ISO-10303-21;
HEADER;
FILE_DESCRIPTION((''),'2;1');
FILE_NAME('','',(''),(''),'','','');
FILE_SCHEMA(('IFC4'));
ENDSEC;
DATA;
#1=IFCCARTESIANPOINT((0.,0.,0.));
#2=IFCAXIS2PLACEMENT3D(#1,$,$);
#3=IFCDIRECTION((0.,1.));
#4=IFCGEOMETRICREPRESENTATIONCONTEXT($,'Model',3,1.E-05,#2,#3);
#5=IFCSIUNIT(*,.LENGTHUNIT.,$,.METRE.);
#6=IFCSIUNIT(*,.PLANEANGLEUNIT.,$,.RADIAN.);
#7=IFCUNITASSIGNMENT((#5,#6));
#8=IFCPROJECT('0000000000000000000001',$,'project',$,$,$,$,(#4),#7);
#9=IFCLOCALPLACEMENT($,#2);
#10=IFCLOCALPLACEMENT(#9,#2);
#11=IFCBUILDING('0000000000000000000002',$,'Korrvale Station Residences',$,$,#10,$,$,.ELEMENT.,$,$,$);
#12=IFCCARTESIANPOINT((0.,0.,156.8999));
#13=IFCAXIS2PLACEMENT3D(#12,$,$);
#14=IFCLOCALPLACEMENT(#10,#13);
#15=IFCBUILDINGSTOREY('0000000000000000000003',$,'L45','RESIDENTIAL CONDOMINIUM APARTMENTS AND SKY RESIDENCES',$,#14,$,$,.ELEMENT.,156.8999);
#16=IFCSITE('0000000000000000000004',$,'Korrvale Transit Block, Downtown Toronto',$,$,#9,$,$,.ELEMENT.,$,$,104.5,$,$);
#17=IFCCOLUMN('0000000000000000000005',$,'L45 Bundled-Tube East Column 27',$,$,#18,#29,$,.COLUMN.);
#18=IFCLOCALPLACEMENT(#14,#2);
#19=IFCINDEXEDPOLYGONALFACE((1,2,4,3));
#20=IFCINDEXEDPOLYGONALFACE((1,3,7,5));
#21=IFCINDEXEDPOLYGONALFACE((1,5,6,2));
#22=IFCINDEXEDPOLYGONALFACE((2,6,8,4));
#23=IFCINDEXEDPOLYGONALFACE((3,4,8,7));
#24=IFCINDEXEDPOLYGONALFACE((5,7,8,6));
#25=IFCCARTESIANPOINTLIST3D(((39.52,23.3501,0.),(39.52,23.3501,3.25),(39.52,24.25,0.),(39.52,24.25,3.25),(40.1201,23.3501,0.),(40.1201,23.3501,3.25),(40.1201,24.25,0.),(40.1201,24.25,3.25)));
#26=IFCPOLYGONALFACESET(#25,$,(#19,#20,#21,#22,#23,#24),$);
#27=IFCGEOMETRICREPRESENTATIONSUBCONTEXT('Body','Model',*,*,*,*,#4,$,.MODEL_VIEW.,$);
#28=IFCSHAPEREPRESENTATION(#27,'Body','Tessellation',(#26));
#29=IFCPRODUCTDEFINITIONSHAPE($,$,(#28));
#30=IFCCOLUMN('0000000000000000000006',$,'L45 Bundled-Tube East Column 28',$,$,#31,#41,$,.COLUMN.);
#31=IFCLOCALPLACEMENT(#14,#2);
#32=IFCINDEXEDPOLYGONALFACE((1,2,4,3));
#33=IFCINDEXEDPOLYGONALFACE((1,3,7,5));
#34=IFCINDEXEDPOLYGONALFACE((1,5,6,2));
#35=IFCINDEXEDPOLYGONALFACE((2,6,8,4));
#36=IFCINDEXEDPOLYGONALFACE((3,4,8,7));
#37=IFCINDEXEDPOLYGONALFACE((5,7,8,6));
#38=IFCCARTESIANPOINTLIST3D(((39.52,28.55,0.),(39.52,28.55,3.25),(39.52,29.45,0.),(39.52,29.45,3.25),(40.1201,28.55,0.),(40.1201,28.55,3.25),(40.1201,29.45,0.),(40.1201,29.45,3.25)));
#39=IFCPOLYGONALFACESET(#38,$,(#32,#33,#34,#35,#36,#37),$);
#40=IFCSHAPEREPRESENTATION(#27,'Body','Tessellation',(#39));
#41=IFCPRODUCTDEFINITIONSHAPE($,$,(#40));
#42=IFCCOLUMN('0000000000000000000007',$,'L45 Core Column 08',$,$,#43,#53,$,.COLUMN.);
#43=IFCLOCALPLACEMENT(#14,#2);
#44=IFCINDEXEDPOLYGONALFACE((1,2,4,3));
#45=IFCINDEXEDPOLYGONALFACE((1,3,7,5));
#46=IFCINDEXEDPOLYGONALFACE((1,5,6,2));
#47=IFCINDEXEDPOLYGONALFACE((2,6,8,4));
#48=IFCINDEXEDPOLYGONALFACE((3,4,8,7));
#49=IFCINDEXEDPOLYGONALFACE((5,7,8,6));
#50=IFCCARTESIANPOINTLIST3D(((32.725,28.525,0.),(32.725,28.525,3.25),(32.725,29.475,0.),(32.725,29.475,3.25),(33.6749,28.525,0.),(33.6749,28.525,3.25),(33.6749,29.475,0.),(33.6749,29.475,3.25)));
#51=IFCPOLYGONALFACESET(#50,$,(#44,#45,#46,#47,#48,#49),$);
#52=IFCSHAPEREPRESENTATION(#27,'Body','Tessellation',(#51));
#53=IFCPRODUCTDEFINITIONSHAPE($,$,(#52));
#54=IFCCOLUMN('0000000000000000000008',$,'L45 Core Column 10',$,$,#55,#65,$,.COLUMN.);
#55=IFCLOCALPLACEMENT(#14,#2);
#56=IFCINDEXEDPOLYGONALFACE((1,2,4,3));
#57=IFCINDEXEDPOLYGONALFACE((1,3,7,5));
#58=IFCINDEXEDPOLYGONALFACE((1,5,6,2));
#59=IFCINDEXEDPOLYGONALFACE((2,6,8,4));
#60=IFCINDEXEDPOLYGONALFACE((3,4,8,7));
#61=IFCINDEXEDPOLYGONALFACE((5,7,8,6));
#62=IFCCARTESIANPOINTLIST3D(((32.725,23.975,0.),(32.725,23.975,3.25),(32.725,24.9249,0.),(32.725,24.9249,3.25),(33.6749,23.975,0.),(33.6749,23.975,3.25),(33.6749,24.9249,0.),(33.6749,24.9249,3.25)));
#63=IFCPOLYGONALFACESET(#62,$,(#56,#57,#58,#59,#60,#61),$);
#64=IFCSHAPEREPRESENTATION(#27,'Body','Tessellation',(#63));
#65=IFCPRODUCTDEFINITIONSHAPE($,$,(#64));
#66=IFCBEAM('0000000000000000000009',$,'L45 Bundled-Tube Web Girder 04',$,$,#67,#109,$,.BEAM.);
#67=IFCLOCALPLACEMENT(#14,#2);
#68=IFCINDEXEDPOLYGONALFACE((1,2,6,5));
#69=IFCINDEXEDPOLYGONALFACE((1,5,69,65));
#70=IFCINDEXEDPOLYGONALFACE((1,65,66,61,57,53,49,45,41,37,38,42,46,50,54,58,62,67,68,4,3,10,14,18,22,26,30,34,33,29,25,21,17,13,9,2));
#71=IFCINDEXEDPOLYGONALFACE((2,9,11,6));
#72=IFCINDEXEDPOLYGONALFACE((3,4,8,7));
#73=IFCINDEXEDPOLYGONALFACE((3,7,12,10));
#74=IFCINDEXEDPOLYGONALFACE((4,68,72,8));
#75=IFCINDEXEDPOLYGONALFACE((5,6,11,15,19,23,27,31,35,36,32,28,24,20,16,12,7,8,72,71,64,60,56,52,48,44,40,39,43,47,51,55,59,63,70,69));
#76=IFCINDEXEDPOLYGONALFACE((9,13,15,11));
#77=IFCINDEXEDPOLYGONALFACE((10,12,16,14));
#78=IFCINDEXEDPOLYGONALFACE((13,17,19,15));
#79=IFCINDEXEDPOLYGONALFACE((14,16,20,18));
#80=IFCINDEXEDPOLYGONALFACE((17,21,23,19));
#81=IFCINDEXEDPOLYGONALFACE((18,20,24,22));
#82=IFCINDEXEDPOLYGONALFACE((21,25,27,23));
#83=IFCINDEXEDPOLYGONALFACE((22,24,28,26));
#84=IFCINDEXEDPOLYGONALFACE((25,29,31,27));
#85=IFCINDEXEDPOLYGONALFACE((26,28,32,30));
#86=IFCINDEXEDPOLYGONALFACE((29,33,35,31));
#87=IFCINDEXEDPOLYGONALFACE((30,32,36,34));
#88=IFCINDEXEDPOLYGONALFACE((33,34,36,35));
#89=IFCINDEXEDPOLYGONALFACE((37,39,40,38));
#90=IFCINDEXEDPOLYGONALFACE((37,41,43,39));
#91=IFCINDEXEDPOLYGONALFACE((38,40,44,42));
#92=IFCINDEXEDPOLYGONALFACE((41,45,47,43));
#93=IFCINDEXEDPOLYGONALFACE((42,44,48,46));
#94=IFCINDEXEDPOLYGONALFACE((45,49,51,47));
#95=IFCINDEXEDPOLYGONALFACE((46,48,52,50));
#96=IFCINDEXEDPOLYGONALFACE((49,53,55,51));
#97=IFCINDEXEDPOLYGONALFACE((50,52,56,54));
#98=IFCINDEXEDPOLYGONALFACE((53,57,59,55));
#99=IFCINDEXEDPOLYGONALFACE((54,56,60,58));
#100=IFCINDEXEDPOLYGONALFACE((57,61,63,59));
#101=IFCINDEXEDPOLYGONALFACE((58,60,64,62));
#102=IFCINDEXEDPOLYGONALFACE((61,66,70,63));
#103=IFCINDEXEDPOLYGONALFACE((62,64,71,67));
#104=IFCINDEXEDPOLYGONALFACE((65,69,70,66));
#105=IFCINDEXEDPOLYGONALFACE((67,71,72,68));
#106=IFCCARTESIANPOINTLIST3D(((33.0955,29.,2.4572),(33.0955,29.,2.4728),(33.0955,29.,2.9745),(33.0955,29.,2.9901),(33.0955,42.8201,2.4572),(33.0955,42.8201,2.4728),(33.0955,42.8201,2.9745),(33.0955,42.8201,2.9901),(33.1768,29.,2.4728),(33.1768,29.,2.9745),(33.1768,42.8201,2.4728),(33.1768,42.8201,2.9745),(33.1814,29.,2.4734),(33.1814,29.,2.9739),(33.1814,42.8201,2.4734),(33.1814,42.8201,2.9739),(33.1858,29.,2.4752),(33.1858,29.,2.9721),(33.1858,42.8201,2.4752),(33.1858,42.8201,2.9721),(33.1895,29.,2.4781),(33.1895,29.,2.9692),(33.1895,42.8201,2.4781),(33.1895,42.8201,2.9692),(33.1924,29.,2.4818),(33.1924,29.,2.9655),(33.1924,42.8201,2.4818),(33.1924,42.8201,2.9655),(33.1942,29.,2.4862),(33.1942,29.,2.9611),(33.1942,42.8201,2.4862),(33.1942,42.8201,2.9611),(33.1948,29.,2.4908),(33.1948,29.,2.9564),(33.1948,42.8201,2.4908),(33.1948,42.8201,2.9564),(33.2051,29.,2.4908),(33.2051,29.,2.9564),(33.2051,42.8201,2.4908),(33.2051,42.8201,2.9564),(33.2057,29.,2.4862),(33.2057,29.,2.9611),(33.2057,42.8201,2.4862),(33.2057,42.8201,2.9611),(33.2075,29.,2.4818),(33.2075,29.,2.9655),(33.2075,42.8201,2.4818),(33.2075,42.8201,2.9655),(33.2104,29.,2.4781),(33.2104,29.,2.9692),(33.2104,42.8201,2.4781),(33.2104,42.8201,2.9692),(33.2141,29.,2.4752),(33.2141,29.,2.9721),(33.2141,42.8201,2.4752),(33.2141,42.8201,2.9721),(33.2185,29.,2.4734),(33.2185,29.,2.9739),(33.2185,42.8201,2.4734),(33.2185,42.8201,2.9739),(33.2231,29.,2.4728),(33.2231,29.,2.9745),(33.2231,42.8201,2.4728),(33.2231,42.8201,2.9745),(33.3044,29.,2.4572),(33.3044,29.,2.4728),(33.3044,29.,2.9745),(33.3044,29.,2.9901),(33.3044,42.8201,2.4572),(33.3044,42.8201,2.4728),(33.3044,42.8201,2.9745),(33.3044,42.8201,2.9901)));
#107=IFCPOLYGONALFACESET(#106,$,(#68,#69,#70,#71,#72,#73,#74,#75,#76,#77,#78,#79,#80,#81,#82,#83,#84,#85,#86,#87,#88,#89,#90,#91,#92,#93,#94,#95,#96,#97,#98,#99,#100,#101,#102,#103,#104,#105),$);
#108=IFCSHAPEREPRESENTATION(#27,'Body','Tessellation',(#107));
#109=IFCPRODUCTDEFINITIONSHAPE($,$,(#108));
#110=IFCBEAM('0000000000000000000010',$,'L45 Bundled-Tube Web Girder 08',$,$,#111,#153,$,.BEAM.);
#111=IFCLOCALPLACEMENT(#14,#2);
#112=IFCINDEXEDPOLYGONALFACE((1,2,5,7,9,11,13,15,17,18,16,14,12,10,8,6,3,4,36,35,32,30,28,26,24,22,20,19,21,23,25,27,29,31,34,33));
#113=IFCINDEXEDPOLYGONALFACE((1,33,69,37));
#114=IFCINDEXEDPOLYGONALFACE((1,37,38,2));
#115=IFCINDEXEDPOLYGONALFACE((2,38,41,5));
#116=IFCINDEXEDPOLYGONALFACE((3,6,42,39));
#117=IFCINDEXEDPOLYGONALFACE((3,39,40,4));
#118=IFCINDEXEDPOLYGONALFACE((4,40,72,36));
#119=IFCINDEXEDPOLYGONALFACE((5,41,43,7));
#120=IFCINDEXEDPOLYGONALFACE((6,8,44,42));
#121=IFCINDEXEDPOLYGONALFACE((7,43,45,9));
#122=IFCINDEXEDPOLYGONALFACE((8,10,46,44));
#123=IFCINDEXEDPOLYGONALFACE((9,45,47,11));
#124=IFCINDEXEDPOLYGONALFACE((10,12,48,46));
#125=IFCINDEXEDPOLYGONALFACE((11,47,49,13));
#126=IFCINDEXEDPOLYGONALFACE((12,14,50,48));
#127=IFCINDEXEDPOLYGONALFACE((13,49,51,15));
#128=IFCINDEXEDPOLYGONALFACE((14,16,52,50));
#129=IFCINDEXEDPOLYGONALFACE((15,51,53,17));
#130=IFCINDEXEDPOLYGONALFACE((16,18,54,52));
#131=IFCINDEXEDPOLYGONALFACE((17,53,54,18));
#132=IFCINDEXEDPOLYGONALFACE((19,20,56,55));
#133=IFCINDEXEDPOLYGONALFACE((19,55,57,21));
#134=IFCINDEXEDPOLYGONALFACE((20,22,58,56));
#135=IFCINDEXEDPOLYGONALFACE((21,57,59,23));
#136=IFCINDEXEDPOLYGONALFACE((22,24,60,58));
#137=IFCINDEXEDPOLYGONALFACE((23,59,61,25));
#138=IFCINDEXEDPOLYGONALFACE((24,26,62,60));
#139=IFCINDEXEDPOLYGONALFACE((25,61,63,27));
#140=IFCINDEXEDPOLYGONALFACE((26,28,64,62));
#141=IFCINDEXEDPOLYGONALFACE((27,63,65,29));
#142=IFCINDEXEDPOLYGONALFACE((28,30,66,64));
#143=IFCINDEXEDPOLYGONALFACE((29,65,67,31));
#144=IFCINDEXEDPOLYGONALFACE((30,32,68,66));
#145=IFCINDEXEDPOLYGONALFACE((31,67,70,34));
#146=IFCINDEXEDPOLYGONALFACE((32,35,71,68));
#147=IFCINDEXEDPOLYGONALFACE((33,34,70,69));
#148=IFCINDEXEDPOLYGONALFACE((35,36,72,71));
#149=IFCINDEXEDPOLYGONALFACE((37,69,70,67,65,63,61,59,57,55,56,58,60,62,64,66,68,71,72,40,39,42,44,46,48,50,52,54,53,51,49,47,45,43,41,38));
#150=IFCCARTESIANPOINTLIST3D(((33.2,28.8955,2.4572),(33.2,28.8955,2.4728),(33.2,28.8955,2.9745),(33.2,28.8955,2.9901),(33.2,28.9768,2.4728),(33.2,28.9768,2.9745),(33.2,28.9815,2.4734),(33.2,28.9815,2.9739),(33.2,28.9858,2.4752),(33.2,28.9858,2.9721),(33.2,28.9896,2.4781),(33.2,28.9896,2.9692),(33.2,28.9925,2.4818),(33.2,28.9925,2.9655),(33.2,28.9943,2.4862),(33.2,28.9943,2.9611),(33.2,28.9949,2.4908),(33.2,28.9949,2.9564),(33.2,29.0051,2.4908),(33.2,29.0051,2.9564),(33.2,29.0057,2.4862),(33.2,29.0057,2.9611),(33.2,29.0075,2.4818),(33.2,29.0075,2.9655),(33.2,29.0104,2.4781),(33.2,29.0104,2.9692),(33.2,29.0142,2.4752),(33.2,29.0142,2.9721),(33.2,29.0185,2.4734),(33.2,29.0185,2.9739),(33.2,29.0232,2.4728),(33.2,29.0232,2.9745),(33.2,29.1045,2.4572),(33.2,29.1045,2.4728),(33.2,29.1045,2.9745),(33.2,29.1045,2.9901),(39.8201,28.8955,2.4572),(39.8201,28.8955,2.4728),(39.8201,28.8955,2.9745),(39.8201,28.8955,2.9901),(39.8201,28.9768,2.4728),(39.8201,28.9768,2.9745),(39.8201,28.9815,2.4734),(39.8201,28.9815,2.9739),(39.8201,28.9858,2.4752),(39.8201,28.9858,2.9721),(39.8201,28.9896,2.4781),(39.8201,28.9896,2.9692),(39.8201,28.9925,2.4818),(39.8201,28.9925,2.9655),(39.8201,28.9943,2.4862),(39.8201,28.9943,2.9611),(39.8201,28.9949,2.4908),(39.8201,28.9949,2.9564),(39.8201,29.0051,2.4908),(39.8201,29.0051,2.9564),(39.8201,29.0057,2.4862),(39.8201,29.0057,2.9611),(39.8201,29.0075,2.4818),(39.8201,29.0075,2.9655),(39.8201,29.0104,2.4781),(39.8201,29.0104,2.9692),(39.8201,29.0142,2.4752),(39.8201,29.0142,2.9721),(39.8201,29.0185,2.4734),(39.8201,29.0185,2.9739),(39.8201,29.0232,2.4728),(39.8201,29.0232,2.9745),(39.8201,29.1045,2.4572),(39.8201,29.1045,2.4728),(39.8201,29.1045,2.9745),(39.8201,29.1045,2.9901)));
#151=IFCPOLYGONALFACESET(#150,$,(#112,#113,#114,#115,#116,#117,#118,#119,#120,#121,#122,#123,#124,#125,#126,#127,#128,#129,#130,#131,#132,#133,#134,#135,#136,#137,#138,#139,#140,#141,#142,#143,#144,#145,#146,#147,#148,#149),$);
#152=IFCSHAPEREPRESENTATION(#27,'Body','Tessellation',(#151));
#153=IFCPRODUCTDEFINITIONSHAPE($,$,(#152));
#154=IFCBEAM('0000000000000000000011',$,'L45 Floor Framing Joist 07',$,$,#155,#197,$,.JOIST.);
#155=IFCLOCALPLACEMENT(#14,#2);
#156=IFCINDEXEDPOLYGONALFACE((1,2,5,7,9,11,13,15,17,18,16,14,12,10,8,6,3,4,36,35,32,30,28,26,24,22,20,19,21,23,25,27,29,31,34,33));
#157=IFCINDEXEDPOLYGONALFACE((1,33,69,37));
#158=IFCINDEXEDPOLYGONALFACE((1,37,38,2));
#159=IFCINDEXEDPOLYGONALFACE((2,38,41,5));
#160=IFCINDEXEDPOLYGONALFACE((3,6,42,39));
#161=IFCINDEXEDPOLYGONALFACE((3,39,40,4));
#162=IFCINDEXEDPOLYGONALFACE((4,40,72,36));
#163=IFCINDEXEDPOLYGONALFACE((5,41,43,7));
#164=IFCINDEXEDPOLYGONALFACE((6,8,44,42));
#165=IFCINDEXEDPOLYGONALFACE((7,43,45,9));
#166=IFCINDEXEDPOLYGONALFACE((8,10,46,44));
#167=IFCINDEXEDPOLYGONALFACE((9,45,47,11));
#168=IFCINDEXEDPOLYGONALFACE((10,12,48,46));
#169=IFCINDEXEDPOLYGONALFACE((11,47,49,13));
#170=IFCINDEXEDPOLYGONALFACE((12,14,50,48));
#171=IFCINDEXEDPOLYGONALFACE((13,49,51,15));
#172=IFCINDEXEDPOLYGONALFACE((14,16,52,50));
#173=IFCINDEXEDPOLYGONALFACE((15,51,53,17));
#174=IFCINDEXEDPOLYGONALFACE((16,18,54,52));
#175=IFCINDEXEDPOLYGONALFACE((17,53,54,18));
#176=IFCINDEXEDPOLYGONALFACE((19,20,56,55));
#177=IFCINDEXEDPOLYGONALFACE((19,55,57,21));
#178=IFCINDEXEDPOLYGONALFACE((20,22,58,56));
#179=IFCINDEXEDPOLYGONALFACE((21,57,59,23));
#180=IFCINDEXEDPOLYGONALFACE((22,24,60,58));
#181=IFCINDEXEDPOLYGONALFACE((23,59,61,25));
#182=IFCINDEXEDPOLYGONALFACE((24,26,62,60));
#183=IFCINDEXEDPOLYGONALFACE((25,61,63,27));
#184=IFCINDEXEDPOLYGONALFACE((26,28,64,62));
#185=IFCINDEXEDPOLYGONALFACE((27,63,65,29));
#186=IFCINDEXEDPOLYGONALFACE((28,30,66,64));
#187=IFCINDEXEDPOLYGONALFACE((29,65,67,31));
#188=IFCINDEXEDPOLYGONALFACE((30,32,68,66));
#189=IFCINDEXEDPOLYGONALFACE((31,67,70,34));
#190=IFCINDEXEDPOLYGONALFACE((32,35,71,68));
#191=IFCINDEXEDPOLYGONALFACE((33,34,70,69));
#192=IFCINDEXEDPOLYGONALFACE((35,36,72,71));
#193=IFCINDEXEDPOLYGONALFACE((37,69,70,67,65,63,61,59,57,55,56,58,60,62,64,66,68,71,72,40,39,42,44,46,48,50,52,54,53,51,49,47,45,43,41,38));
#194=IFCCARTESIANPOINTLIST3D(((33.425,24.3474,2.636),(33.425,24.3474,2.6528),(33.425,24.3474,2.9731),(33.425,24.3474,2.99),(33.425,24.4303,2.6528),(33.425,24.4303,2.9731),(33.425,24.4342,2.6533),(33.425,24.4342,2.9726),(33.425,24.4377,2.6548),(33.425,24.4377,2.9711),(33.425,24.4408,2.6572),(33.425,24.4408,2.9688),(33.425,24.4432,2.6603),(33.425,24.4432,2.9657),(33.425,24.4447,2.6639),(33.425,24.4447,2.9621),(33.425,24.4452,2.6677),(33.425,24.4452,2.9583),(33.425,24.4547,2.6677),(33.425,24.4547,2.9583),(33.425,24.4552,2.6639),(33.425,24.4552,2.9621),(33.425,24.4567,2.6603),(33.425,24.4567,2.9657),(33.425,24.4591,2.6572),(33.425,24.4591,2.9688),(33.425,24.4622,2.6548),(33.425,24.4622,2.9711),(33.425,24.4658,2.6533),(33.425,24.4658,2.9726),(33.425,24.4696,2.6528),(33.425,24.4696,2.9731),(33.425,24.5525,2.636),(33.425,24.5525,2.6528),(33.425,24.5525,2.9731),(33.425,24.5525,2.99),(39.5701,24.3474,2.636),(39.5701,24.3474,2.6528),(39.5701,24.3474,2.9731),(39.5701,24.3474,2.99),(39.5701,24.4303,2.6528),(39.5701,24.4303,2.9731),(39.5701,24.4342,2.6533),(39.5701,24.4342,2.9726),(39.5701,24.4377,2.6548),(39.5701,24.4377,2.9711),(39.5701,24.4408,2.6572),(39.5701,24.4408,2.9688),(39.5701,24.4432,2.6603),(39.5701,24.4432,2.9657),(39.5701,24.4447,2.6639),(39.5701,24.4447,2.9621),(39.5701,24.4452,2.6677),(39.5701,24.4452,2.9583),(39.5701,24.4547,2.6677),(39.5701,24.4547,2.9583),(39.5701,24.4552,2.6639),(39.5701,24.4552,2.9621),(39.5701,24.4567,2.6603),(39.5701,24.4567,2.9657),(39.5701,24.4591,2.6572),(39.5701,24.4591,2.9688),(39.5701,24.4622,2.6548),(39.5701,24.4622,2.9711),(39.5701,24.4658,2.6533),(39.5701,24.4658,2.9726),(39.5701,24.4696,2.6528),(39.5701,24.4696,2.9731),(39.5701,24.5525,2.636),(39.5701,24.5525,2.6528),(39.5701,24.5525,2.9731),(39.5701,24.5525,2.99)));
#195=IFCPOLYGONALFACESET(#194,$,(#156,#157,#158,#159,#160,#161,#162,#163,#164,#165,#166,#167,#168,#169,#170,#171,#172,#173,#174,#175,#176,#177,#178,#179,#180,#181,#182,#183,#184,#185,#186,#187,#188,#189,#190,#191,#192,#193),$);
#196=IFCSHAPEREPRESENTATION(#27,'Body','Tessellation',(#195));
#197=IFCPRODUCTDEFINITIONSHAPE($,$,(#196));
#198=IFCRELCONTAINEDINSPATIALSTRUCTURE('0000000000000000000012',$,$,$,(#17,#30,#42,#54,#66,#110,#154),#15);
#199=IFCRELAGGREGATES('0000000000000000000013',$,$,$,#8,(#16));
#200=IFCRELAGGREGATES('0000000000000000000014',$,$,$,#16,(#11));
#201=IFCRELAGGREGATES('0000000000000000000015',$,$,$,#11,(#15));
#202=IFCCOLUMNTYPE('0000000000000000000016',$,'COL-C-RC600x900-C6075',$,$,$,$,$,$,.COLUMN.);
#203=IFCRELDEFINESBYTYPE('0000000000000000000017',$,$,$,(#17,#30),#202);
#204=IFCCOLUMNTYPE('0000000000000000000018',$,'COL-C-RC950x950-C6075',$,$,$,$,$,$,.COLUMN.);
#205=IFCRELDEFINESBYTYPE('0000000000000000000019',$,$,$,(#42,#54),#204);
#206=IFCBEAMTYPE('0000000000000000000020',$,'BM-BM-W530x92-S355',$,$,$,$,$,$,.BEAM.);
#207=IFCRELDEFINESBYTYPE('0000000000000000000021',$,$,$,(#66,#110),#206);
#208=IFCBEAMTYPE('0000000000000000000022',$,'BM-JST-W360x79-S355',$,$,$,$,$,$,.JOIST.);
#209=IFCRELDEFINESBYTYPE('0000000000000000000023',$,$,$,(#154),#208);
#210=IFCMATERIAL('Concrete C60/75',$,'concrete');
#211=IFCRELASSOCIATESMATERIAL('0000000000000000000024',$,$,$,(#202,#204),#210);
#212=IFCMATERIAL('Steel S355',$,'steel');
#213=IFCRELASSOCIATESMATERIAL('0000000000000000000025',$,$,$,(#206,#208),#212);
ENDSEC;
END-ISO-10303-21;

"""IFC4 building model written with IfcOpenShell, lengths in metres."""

from ifc_helpers import new_model, si_unit, direction, frame, origin, origin_2d, place, context, subcontext, project, spatial, rectangle, i_section, extrude, material, material_profile, profile_set, type_object, element, save


model = new_model("IFC4")

# Units and contexts
model_context = context("Model", 3, precision=1e-05, world=origin(), true_north=direction((0.0, 1.0)))
body_context = subcontext(model_context, "Body", "Model", "MODEL_VIEW")
ifc_project = project(units=[si_unit("LENGTHUNIT", "METRE"), si_unit("PLANEANGLEUNIT", "RADIAN")], contexts=[model_context])

# Site, building, storey
site_placement = place(None, origin())
site = spatial("IfcSite", under=ifc_project, at=site_placement, Name="Korrvale Transit Block, Downtown Toronto", CompositionType="ELEMENT", RefElevation=104.5)
building_placement = place(site_placement, origin())
building = spatial("IfcBuilding", under=site, at=building_placement, Name="Korrvale Station Residences", CompositionType="ELEMENT")
storey_placement = place(building_placement, frame((0.0, 0.0, 156.8999)))
storey = spatial("IfcBuildingStorey", under=building, at=storey_placement, Name="L45", Description="RESIDENTIAL CONDOMINIUM APARTMENTS AND SKY RESIDENCES", CompositionType="ELEMENT", Elevation=156.8999)

# Columns
ifc_material_1 = material(Name="Concrete C60/75", Category="concrete")
ifc_material_profile_1 = material_profile(ifc_material_1, rectangle(XDim=0.6001, YDim=0.8999, at=origin_2d()), Name="RC600x900")
ifc_profile_set_1 = profile_set([ifc_material_profile_1], Name="Concrete C60/75")
column_type_1 = type_object("IfcColumnType", Name="COL-C-RC600x900-C6075", PredefinedType="COLUMN", material=ifc_profile_set_1)
for number, where, z_axis, x_axis, name in (
    (1, (39.8201, 23.8, 0.0), (0.0, 0.0, 1.0), (1.0, 0.0, 0.0), "L45 Bundled-Tube East Column 27"),
    (2, (39.8201, 29.0, 0.0), (0.0, 0.0, 1.0), (1.0, 0.0, 0.0), "L45 Bundled-Tube East Column 28"),
):
    element("IfcColumn", number, at=place(storey_placement, frame(where, z_axis=z_axis, x_axis=x_axis)), inside=storey, type_object=column_type_1, Name=name, PredefinedType="COLUMN", context=body_context, shape_type="SweptSolid", body=[
        extrude(rectangle(XDim=0.6001, YDim=0.8999, at=origin_2d()), origin(), (0.0, 0.0, 1.0), 3.25),
    ])
ifc_material_profile_2 = material_profile(ifc_material_1, rectangle(XDim=0.95, YDim=0.95, at=origin_2d()), Name="RC950x950")
ifc_profile_set_2 = profile_set([ifc_material_profile_2], Name="Concrete C60/75")
column_type_2 = type_object("IfcColumnType", Name="COL-C-RC950x950-C6075", PredefinedType="COLUMN", material=ifc_profile_set_2)
for number, where, z_axis, x_axis, name in (
    (3, (33.2, 29.0, 0.0), (0.0, 0.0, 1.0), (1.0, 0.0, 0.0), "L45 Core Column 08"),
    (4, (33.2, 24.45, 0.0), (0.0, 0.0, 1.0), (1.0, 0.0, 0.0), "L45 Core Column 10"),
):
    element("IfcColumn", number, at=place(storey_placement, frame(where, z_axis=z_axis, x_axis=x_axis)), inside=storey, type_object=column_type_2, Name=name, PredefinedType="COLUMN", context=body_context, shape_type="SweptSolid", body=[
        extrude(rectangle(XDim=0.95, YDim=0.95, at=origin_2d()), origin(), (0.0, 0.0, 1.0), 3.25),
    ])

# Beams
ifc_material_2 = material(Name="Steel S355", Category="steel")
ifc_material_profile_3 = material_profile(ifc_material_2, i_section(OverallWidth=0.209, OverallDepth=0.533, WebThickness=0.0103, FlangeThickness=0.0156, FilletRadius=0.0181, at=origin_2d()), Name="W530x92")
ifc_profile_set_3 = profile_set([ifc_material_profile_3], Name="Steel S355")
beam_type_1 = type_object("IfcBeamType", Name="BM-BM-W530x92-S355", PredefinedType="BEAM", material=ifc_profile_set_3)
beam_1_placement = place(storey_placement, frame((33.2, 29.0, 2.7236), z_axis=(0.0, 1.0, 0.0), x_axis=(-1.0, 0.0, 0.0)))
element("IfcBeam", 5, at=beam_1_placement, inside=storey, type_object=beam_type_1, Name="L45 Bundled-Tube Web Girder 04", PredefinedType="BEAM", context=body_context, shape_type="SweptSolid", body=[
    extrude(i_section(OverallWidth=0.209, OverallDepth=0.533, WebThickness=0.0103, FlangeThickness=0.0156, FilletRadius=0.0181, at=origin_2d()), origin(), (0.0, 0.0, 1.0), 13.8201),
])
beam_2_placement = place(storey_placement, frame((33.2, 29.0, 2.7236), z_axis=(1.0, 0.0, 0.0), x_axis=(0.0, 1.0, 0.0)))
element("IfcBeam", 6, at=beam_2_placement, inside=storey, type_object=beam_type_1, Name="L45 Bundled-Tube Web Girder 08", PredefinedType="BEAM", context=body_context, shape_type="SweptSolid", body=[
    extrude(i_section(OverallWidth=0.209, OverallDepth=0.533, WebThickness=0.0103, FlangeThickness=0.0156, FilletRadius=0.0181, at=origin_2d()), origin(), (0.0, 0.0, 1.0), 6.6201),
])
ifc_material_profile_4 = material_profile(ifc_material_2, i_section(OverallWidth=0.2051, OverallDepth=0.354, WebThickness=0.0095, FlangeThickness=0.0168, FilletRadius=0.0149, at=origin_2d()), Name="W360x79")
ifc_profile_set_4 = profile_set([ifc_material_profile_4], Name="Steel S355")
beam_type_2 = type_object("IfcBeamType", Name="BM-JST-W360x79-S355", PredefinedType="JOIST", material=ifc_profile_set_4)
beam_3_placement = place(storey_placement, frame((33.425, 24.45, 2.813), z_axis=(1.0, 0.0, 0.0), x_axis=(0.0, 1.0, 0.0)))
element("IfcBeam", 7, at=beam_3_placement, inside=storey, type_object=beam_type_2, Name="L45 Floor Framing Joist 07", PredefinedType="JOIST", context=body_context, shape_type="SweptSolid", body=[
    extrude(i_section(OverallWidth=0.2051, OverallDepth=0.354, WebThickness=0.0095, FlangeThickness=0.0168, FilletRadius=0.0149, at=origin_2d()), origin(), (0.0, 0.0, 1.0), 6.145),
])

save(model, "model.ifc")
